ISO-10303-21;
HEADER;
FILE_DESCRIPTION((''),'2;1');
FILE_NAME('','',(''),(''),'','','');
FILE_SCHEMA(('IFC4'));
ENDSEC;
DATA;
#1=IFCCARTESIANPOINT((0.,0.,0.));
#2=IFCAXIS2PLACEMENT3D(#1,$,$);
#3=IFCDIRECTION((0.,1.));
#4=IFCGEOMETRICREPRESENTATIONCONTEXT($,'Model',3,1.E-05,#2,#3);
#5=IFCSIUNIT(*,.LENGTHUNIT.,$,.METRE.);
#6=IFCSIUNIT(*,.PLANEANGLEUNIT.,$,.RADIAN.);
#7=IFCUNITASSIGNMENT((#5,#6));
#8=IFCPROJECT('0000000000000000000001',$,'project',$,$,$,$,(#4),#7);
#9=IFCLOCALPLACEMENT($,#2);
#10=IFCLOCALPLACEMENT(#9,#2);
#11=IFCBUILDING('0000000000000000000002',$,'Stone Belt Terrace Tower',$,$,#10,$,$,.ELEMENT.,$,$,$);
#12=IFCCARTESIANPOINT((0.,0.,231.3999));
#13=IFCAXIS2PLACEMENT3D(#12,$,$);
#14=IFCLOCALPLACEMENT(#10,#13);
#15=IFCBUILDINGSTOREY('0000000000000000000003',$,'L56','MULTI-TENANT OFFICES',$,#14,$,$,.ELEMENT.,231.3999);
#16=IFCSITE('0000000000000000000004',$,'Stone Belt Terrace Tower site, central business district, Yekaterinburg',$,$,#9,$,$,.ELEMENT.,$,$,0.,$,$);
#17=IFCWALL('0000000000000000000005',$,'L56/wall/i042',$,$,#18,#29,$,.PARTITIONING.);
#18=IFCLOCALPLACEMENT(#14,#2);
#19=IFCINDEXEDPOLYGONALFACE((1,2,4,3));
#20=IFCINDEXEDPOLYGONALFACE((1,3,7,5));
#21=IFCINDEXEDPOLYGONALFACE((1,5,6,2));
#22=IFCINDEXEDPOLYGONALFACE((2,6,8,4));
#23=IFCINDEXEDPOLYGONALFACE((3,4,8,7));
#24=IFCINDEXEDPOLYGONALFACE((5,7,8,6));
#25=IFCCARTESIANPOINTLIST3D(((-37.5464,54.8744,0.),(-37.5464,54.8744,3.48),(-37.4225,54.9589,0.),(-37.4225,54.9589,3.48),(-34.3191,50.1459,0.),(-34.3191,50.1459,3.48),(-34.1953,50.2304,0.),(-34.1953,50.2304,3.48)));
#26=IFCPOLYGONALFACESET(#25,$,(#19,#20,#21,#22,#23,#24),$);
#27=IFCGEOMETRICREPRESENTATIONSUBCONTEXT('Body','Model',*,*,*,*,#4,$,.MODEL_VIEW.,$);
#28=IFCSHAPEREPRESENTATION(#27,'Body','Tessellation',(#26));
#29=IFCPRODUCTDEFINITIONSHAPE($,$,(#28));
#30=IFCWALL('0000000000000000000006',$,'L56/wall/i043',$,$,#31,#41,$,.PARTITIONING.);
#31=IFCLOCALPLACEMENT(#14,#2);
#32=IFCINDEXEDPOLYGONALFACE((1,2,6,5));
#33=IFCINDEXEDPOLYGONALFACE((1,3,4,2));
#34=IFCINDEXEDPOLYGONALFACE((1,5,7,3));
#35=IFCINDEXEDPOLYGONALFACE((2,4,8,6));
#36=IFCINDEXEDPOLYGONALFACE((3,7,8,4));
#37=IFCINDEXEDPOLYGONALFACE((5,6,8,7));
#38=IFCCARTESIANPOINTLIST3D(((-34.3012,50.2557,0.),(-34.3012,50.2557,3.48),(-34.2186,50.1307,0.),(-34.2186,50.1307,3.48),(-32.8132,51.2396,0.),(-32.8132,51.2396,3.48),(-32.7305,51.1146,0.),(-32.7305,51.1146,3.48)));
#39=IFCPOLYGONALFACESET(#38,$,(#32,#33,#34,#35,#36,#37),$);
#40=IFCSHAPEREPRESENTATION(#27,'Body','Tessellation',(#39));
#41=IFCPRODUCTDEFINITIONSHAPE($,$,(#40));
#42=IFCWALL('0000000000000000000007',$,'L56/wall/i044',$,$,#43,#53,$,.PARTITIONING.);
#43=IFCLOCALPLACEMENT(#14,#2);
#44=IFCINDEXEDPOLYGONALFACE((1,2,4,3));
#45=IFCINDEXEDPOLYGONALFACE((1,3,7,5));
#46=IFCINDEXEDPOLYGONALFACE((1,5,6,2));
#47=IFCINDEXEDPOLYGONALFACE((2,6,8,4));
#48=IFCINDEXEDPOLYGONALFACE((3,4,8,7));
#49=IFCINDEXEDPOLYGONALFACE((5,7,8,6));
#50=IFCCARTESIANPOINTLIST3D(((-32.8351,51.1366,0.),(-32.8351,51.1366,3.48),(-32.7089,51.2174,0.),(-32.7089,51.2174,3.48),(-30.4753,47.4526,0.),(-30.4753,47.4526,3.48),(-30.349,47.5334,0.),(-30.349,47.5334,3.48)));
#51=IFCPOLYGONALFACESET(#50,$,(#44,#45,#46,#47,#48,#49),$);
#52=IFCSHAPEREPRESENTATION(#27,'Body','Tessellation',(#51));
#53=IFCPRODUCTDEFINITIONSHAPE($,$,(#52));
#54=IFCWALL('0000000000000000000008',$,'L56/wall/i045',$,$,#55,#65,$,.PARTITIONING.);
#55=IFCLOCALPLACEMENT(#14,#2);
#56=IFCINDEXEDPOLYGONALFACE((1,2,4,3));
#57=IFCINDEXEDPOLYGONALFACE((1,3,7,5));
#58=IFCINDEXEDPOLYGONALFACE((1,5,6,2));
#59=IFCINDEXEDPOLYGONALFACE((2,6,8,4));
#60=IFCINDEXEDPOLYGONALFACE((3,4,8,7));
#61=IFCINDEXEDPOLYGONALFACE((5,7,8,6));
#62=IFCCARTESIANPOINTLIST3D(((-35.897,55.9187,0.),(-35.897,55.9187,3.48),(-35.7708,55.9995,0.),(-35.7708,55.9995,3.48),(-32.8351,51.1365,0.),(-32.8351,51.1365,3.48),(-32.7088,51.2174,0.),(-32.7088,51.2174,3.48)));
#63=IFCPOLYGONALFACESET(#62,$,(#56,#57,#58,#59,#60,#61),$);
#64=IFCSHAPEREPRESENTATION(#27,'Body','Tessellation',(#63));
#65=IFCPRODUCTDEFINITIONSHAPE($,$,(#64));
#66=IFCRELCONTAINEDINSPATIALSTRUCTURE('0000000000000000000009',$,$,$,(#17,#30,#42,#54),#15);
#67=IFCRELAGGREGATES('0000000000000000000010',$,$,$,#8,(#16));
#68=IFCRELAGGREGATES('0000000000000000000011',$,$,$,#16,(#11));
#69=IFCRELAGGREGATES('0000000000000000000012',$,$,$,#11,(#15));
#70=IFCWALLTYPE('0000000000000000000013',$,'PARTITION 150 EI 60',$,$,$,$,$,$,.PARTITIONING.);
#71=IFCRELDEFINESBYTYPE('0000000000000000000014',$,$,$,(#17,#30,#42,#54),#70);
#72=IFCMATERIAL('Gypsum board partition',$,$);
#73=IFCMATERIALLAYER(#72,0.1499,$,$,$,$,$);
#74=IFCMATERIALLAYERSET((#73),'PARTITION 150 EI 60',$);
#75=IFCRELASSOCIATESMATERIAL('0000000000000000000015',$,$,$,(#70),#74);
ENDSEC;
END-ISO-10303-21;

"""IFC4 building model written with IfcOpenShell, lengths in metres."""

from ifc_helpers import new_model, si_unit, direction, frame, frame_2d, origin, place, context, subcontext, project, spatial, rectangle, extrude, material, layer, layer_set, type_object, element, save


model = new_model("IFC4")

# Units and contexts
model_context = context("Model", 3, precision=1e-05, world=origin(), true_north=direction((0.0, 1.0)))
body_context = subcontext(model_context, "Body", "Model", "MODEL_VIEW")
ifc_project = project(units=[si_unit("LENGTHUNIT", "METRE"), si_unit("PLANEANGLEUNIT", "RADIAN")], contexts=[model_context])

# Site, building, storey
site_placement = place(None, origin())
site = spatial("IfcSite", under=ifc_project, at=site_placement, Name="Stone Belt Terrace Tower site, central business district, Yekaterinburg", CompositionType="ELEMENT", RefElevation=0.0)
building_placement = place(site_placement, origin())
building = spatial("IfcBuilding", under=site, at=building_placement, Name="Stone Belt Terrace Tower", CompositionType="ELEMENT")
storey_placement = place(building_placement, frame((0.0, 0.0, 231.3999)))
storey = spatial("IfcBuildingStorey", under=building, at=storey_placement, Name="L56", Description="MULTI-TENANT OFFICES", CompositionType="ELEMENT", Elevation=231.3999)

# Walls
ifc_material_1 = material(Name="Gypsum board partition")
ifc_layer_1 = layer(ifc_material_1, 0.1499)
ifc_layer_set_1 = layer_set([ifc_layer_1], Name="PARTITION 150 EI 60")
wall_type = type_object("IfcWallType", Name="PARTITION 150 EI 60", PredefinedType="PARTITIONING", material=ifc_layer_set_1)
wall_1_placement = place(storey_placement, frame((-37.4844, 54.9165, 0.0), z_axis=(0.0, 0.0, 1.0), x_axis=(0.563731, -0.825958, 0.0)))
element("IfcWall", 1, at=wall_1_placement, inside=storey, type_object=wall_type, Name="L56/wall/i042", PredefinedType="PARTITIONING", context=body_context, shape_type="SweptSolid", body=[
    extrude(rectangle(XDim=5.7249, YDim=0.1499, at=frame_2d((2.8623, 0.0))), origin(), (0.0, 0.0, 1.0), 3.48),
])
wall_2_placement = place(storey_placement, frame((-34.26, 50.1931, 0.0), z_axis=(0.0, 0.0, 1.0), x_axis=(0.83415, 0.551538, 0.0)))
element("IfcWall", 2, at=wall_2_placement, inside=storey, type_object=wall_type, Name="L56/wall/i043", PredefinedType="PARTITIONING", context=body_context, shape_type="SweptSolid", body=[
    extrude(rectangle(XDim=1.7839, YDim=0.1499, at=frame_2d((0.8921, 0.0))), origin(), (0.0, 0.0, 1.0), 3.48),
])
wall_3_placement = place(storey_placement, frame((-32.772, 51.177, 0.0), z_axis=(0.0, 0.0, 1.0), x_axis=(0.539386, -0.842059, 0.0)))
element("IfcWall", 3, at=wall_3_placement, inside=storey, type_object=wall_type, Name="L56/wall/i044", PredefinedType="PARTITIONING", context=body_context, shape_type="SweptSolid", body=[
    extrude(rectangle(XDim=4.375, YDim=0.1499, at=frame_2d((2.1875, 0.0))), origin(), (0.0, 0.0, 1.0), 3.48),
])
wall_4_placement = place(storey_placement, frame((-35.834, 55.9592, 0.0), z_axis=(0.0, 0.0, 1.0), x_axis=(0.539227, -0.842161, 0.0)))
element("IfcWall", 4, at=wall_4_placement, inside=storey, type_object=wall_type, Name="L56/wall/i045", PredefinedType="PARTITIONING", context=body_context, shape_type="SweptSolid", body=[
    extrude(rectangle(XDim=5.6785, YDim=0.1499, at=frame_2d((2.8394, 0.0))), origin(), (0.0, 0.0, 1.0), 3.48),
])

save(model, "model.ifc")
